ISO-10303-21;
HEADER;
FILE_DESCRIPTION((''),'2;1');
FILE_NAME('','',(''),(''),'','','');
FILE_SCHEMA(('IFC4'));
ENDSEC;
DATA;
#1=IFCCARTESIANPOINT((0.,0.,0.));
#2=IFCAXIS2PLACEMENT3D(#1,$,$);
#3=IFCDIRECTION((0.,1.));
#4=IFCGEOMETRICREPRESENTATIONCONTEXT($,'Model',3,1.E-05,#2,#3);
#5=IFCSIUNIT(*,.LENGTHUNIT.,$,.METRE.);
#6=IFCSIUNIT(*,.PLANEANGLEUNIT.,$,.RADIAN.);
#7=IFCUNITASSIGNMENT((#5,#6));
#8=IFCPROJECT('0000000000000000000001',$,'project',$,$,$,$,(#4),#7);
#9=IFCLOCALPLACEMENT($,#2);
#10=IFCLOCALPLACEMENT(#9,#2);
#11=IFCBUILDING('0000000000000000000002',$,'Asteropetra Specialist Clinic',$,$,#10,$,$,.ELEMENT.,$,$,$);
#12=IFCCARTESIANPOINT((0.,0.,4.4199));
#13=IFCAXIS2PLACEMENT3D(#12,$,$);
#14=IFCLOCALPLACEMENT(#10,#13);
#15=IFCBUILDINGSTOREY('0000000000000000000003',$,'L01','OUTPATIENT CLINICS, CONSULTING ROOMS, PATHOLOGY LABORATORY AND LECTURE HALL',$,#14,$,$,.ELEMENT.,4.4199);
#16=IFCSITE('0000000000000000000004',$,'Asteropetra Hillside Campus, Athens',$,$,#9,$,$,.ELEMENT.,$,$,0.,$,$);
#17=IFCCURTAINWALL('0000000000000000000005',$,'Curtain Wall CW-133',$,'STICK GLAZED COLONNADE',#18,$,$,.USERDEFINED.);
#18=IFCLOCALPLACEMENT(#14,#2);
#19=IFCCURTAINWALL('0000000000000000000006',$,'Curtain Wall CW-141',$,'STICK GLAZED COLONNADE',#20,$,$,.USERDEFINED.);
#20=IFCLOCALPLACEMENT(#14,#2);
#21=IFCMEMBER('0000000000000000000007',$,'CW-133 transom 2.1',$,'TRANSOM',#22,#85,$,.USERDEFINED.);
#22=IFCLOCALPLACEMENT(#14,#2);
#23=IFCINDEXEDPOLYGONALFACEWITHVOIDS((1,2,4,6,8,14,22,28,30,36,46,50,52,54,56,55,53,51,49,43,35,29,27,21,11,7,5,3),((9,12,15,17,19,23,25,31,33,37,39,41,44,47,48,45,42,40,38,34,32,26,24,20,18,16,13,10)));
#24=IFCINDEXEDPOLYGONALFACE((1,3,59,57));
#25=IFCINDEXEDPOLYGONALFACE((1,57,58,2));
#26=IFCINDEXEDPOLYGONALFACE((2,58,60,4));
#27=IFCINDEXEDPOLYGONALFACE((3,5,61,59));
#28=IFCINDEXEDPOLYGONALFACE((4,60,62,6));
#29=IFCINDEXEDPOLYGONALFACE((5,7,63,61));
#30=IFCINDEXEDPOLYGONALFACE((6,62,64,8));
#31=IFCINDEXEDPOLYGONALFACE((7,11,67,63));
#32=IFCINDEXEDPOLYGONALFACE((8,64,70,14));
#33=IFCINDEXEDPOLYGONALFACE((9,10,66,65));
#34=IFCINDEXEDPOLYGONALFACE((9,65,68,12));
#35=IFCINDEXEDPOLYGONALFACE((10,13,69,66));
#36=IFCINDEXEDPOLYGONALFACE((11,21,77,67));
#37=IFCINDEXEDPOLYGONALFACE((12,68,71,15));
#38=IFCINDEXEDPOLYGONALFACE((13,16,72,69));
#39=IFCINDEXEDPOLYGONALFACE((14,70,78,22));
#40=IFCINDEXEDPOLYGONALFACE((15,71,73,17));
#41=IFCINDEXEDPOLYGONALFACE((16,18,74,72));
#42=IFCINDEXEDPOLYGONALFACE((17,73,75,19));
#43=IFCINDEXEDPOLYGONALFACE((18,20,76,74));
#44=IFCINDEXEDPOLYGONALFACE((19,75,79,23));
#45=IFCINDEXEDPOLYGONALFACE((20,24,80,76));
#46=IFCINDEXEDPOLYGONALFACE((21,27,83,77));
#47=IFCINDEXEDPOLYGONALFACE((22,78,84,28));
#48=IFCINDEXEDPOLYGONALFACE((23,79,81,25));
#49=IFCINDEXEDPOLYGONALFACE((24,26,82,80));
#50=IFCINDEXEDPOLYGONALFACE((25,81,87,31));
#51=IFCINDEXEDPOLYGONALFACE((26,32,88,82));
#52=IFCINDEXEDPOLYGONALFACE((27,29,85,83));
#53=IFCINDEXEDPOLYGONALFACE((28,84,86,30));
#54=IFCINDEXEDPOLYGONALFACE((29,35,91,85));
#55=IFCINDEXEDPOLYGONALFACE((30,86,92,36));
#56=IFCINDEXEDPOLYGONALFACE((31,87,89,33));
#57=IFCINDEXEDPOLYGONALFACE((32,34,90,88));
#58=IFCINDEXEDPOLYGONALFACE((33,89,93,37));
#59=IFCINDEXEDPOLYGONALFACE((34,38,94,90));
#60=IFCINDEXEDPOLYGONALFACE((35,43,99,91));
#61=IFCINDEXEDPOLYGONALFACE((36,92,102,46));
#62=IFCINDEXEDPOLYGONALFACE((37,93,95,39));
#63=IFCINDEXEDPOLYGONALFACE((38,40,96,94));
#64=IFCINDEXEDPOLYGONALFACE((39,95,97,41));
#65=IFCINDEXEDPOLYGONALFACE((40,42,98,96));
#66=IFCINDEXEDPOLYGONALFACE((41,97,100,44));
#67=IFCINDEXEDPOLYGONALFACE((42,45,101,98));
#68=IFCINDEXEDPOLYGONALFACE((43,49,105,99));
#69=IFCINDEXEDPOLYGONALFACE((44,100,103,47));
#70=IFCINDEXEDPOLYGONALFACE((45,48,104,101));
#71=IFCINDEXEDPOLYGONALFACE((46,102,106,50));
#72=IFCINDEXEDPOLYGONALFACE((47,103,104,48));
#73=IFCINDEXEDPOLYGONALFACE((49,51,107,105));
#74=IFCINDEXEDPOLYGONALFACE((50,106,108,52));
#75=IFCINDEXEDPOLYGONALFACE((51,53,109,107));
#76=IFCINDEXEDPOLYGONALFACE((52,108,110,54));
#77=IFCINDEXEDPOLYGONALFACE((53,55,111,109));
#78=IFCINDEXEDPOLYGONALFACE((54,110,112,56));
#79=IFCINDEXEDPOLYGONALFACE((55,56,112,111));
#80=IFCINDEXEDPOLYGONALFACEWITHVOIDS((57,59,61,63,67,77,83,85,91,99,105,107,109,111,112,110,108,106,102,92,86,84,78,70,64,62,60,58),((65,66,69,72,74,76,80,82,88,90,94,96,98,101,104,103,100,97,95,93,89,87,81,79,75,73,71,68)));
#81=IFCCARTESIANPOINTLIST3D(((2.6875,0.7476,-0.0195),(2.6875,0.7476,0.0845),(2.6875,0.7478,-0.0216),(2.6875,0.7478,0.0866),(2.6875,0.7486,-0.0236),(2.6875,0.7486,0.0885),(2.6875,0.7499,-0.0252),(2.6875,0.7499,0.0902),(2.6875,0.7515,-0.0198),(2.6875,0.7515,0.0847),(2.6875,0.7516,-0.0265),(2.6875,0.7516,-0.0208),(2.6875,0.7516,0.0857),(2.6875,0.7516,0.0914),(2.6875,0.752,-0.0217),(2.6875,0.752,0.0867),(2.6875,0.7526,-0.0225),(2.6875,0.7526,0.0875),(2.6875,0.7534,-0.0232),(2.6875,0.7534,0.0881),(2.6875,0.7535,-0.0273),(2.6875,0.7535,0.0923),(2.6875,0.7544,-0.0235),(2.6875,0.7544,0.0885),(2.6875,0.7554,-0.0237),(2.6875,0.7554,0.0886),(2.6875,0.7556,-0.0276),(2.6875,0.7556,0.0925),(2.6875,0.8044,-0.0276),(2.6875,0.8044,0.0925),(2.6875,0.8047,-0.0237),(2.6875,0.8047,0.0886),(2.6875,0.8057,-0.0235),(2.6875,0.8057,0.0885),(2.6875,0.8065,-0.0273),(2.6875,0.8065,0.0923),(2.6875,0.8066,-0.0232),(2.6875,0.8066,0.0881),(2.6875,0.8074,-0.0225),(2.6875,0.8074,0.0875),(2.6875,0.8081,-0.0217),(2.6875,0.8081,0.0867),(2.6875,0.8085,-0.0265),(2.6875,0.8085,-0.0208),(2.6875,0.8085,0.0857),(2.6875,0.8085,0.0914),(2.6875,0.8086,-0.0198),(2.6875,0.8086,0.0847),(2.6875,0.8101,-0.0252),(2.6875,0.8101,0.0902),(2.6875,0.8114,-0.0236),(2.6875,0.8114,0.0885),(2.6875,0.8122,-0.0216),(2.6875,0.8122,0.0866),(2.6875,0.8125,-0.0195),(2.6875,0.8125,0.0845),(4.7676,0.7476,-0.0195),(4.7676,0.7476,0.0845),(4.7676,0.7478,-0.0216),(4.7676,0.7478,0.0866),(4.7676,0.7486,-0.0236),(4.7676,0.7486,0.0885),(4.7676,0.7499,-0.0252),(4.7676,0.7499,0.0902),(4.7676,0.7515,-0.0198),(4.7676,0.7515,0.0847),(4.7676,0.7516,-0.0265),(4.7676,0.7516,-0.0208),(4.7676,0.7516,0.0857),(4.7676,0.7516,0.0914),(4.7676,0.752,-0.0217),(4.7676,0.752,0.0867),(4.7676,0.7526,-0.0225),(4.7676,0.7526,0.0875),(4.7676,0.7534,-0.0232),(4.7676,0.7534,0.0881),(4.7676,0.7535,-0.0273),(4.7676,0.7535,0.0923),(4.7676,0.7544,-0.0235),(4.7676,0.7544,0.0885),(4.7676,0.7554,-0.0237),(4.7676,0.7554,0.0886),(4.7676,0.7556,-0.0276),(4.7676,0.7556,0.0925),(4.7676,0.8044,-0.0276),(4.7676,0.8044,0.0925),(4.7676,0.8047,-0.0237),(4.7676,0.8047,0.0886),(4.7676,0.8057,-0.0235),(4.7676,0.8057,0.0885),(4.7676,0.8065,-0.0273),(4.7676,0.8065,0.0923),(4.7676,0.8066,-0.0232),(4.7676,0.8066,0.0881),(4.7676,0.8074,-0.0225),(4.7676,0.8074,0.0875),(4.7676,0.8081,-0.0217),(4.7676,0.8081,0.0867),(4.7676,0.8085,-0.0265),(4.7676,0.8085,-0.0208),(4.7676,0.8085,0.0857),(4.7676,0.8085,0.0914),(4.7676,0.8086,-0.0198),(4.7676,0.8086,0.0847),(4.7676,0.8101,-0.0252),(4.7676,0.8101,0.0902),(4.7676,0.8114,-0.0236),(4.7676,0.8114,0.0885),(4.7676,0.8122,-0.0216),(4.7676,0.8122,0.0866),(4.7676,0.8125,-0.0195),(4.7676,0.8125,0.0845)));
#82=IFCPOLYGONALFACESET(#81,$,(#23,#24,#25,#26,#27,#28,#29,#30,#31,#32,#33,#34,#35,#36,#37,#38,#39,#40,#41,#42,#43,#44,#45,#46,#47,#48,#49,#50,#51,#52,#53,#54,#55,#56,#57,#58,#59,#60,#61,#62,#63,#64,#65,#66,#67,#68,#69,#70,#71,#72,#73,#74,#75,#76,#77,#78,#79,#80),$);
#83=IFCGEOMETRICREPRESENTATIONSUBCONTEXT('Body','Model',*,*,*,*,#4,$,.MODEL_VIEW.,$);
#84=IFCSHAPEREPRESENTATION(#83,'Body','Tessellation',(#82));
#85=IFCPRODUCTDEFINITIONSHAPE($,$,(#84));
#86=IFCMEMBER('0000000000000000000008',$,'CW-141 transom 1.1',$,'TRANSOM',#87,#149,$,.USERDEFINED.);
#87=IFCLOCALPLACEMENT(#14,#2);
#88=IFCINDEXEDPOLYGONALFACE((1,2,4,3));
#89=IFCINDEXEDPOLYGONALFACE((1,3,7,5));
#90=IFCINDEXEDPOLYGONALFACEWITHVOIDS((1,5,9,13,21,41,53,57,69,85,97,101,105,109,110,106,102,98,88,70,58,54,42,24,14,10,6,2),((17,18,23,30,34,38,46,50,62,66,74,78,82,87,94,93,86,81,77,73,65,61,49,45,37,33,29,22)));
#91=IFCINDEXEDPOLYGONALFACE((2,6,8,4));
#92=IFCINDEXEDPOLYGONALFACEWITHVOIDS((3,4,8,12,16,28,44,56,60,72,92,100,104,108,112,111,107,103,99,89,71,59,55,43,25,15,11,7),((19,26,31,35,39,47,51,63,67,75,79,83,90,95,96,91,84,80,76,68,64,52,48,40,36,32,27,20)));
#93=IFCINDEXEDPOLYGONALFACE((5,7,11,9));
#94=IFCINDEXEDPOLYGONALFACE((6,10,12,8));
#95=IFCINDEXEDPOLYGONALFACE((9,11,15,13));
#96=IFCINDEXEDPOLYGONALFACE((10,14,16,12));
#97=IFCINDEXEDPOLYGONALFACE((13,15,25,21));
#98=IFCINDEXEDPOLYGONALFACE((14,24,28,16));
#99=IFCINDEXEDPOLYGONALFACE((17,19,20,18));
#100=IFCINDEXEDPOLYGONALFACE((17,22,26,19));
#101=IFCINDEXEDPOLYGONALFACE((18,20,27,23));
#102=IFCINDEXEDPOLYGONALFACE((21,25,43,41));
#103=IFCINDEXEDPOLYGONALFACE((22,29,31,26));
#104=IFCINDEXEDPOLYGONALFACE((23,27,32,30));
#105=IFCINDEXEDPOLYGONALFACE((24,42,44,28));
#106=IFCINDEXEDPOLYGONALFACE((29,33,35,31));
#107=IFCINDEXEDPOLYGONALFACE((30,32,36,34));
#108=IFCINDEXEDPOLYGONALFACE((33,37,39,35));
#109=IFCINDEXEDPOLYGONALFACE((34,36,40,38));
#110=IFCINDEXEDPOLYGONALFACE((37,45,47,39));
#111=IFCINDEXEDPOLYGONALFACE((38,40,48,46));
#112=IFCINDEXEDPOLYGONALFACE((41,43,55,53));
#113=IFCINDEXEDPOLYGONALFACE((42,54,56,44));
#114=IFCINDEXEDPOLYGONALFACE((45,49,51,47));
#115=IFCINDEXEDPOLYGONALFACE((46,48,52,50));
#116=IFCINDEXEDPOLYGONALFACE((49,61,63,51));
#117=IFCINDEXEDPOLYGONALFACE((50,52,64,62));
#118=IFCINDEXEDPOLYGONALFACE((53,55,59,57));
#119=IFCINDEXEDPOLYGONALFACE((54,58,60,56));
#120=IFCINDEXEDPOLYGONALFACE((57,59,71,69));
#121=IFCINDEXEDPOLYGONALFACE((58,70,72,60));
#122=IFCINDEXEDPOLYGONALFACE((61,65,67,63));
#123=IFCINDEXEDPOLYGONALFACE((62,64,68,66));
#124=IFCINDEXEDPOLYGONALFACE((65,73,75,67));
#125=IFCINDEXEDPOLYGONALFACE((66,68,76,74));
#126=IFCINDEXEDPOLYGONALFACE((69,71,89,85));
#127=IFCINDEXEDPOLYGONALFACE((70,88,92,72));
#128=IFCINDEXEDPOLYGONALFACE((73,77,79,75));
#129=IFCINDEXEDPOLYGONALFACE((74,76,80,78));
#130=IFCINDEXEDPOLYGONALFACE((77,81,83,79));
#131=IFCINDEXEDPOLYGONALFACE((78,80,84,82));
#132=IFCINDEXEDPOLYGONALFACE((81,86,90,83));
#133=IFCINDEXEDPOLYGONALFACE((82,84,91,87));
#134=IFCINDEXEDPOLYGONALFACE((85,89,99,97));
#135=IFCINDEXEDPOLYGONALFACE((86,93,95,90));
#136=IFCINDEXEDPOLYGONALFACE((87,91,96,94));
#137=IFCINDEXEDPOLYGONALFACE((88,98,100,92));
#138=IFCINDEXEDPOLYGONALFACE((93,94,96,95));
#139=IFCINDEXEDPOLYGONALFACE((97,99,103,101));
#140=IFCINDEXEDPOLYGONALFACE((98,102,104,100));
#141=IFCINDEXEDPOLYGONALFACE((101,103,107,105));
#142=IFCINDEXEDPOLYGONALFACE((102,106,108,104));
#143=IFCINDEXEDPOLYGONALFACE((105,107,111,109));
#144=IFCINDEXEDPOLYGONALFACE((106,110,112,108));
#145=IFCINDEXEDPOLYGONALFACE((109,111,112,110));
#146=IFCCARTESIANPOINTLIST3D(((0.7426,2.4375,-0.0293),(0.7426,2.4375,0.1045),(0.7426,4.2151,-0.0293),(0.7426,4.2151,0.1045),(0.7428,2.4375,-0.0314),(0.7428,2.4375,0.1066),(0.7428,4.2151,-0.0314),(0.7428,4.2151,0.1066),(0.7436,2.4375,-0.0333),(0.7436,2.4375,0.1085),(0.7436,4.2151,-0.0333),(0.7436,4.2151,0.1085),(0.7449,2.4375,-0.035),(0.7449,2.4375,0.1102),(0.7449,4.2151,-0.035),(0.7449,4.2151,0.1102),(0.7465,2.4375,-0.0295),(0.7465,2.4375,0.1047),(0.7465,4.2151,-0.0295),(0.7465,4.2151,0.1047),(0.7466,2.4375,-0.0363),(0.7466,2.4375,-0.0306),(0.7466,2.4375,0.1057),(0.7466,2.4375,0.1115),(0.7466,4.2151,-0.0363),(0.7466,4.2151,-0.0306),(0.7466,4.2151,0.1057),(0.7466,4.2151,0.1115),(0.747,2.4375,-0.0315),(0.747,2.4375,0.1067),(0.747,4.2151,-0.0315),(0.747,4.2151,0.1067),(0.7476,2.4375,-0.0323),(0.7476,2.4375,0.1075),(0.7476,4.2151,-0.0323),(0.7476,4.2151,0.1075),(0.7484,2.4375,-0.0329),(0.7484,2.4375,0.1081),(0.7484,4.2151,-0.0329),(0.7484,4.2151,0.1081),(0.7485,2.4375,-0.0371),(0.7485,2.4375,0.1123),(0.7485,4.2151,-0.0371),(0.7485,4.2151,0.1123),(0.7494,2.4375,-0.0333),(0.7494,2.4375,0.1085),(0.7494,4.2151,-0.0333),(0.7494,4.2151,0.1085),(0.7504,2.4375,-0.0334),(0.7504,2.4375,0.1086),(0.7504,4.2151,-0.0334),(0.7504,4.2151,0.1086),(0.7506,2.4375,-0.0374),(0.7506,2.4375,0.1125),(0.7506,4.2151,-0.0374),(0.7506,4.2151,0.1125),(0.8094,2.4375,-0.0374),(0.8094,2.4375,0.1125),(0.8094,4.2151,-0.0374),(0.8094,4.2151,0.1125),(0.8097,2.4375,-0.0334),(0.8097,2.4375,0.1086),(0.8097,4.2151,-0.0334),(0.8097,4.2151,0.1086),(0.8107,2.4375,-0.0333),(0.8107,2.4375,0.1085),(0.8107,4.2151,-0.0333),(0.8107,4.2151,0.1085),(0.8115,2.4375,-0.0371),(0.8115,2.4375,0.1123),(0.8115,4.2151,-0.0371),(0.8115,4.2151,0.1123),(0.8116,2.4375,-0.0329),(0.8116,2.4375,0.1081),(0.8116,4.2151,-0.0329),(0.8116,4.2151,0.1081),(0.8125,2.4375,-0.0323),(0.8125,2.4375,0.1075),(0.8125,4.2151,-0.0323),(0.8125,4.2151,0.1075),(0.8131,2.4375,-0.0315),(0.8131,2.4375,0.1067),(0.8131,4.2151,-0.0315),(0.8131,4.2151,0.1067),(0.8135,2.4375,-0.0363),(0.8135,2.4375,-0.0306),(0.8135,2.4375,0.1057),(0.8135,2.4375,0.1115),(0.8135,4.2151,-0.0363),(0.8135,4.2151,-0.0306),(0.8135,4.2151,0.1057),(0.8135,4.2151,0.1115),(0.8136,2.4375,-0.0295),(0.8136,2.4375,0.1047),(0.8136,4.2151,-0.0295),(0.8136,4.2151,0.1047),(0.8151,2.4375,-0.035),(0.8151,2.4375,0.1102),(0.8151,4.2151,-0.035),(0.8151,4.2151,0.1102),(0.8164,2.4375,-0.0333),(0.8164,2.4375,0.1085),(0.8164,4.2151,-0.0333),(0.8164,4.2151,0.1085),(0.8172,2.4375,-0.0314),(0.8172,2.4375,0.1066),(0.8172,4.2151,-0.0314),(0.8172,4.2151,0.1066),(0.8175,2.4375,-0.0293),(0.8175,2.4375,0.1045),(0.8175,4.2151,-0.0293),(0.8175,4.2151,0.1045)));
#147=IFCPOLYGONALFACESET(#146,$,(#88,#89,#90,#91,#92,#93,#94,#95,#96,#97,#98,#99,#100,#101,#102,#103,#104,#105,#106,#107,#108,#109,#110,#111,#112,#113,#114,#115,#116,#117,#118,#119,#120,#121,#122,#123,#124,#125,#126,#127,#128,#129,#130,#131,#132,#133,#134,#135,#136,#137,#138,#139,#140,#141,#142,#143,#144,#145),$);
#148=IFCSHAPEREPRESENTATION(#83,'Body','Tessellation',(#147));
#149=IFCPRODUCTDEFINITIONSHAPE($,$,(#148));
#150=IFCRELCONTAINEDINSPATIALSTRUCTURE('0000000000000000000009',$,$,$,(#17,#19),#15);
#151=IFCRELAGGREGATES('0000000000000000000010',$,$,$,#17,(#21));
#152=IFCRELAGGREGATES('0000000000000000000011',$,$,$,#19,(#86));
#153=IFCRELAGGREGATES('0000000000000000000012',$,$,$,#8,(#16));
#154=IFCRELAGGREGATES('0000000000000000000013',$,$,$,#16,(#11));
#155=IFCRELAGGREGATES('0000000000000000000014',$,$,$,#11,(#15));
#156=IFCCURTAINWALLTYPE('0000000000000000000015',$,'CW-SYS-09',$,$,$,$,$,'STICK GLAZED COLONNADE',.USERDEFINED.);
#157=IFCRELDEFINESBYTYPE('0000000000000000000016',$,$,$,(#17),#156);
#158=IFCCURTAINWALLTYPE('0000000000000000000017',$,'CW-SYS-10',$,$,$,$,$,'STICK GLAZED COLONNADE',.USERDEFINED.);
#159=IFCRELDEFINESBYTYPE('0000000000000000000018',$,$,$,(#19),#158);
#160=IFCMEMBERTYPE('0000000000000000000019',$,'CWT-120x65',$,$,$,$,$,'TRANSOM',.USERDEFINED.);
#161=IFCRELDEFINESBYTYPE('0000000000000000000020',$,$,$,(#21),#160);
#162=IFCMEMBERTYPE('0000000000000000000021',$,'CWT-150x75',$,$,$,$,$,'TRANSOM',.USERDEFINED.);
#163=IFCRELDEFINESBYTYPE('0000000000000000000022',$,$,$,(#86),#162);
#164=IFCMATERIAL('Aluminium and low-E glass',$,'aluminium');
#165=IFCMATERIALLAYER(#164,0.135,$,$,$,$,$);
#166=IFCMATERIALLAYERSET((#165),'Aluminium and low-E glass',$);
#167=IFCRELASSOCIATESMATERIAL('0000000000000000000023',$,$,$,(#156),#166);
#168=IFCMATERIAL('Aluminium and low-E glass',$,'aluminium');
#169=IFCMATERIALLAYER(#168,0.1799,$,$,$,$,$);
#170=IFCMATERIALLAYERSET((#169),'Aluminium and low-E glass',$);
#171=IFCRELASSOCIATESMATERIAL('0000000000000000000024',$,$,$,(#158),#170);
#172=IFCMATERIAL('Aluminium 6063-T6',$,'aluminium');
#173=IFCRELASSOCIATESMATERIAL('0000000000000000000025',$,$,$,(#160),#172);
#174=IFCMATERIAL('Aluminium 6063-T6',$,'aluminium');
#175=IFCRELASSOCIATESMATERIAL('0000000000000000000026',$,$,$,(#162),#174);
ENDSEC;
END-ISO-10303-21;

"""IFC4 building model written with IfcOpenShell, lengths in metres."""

from ifc_helpers import new_model, si_unit, direction, frame, origin, origin_2d, place, context, subcontext, project, spatial, hollow_rectangle, extrude, material, layer, layer_set, material_profile, profile_set, type_object, element, aggregate, save


model = new_model("IFC4")

# Units and contexts
model_context = context("Model", 3, precision=1e-05, world=origin(), true_north=direction((0.0, 1.0)))
body_context = subcontext(model_context, "Body", "Model", "MODEL_VIEW")
ifc_project = project(units=[si_unit("LENGTHUNIT", "METRE"), si_unit("PLANEANGLEUNIT", "RADIAN")], contexts=[model_context])

# Site, building, storey
site_placement = place(None, origin())
site = spatial("IfcSite", under=ifc_project, at=site_placement, Name="Asteropetra Hillside Campus, Athens", CompositionType="ELEMENT", RefElevation=0.0)
building_placement = place(site_placement, origin())
building = spatial("IfcBuilding", under=site, at=building_placement, Name="Asteropetra Specialist Clinic", CompositionType="ELEMENT")
storey_placement = place(building_placement, frame((0.0, 0.0, 4.4199)))
storey = spatial("IfcBuildingStorey", under=building, at=storey_placement, Name="L01", Description="OUTPATIENT CLINICS, CONSULTING ROOMS, PATHOLOGY LABORATORY AND LECTURE HALL", CompositionType="ELEMENT", Elevation=4.4199)

# Curtain wall
ifc_material_1 = material(Name="Aluminium and low-E glass", Category="aluminium")
ifc_layer_1 = layer(ifc_material_1, 0.135)
ifc_layer_set_1 = layer_set([ifc_layer_1], Name="Aluminium and low-E glass")
curtain_wall_type_1 = type_object("IfcCurtainWallType", Name="CW-SYS-09", ElementType="STICK GLAZED COLONNADE", PredefinedType="USERDEFINED", material=ifc_layer_set_1)
curtain_wall_1_placement = place(storey_placement, origin())
curtain_wall_1 = element("IfcCurtainWall", 1, at=curtain_wall_1_placement, inside=storey, type_object=curtain_wall_type_1, Name="Curtain Wall CW-133", ObjectType="STICK GLAZED COLONNADE", PredefinedType="USERDEFINED")

# Curtain wall
ifc_material_2 = material(Name="Aluminium and low-E glass", Category="aluminium")
ifc_layer_2 = layer(ifc_material_2, 0.1799)
ifc_layer_set_2 = layer_set([ifc_layer_2], Name="Aluminium and low-E glass")
curtain_wall_type_2 = type_object("IfcCurtainWallType", Name="CW-SYS-10", ElementType="STICK GLAZED COLONNADE", PredefinedType="USERDEFINED", material=ifc_layer_set_2)
curtain_wall_2_placement = place(storey_placement, origin())
curtain_wall_2 = element("IfcCurtainWall", 2, at=curtain_wall_2_placement, inside=storey, type_object=curtain_wall_type_2, Name="Curtain Wall CW-141", ObjectType="STICK GLAZED COLONNADE", PredefinedType="USERDEFINED")

# Members
ifc_material_3 = material(Name="Aluminium 6063-T6", Category="aluminium")
ifc_material_profile_1 = material_profile(ifc_material_3, hollow_rectangle(XDim=0.0649, YDim=0.1201, WallThickness=0.0039, InnerFilletRadius=0.0039, OuterFilletRadius=0.0081, at=origin_2d()), Name="TRN 120x65x4.0")
ifc_profile_set_1 = profile_set([ifc_material_profile_1], Name="Aluminium 6063-T6")
member_type_1 = type_object("IfcMemberType", Name="CWT-120x65", ElementType="TRANSOM", PredefinedType="USERDEFINED", material=ifc_profile_set_1)
member_1_placement = place(storey_placement, frame((2.6875, 0.78, 0.0325), z_axis=(1.0, 0.0, 0.0), x_axis=(0.0, 1.0, 0.0)))
member_1 = element("IfcMember", 3, at=member_1_placement, type_object=member_type_1, Name="CW-133 transom 2.1", ObjectType="TRANSOM", PredefinedType="USERDEFINED", context=body_context, shape_type="SweptSolid", body=[
    extrude(hollow_rectangle(XDim=0.0649, YDim=0.1201, WallThickness=0.0039, InnerFilletRadius=0.0039, OuterFilletRadius=0.0081, at=origin_2d()), origin(), (0.0, 0.0, 1.0), 2.0801),
])
ifc_material_4 = material(Name="Aluminium 6063-T6", Category="aluminium")
ifc_material_profile_2 = material_profile(ifc_material_4, hollow_rectangle(XDim=0.075, YDim=0.1499, WallThickness=0.0039, InnerFilletRadius=0.0039, OuterFilletRadius=0.0081, at=origin_2d()), Name="TRN 150x75x4.0")
ifc_profile_set_2 = profile_set([ifc_material_profile_2], Name="Aluminium 6063-T6")
member_type_2 = type_object("IfcMemberType", Name="CWT-150x75", ElementType="TRANSOM", PredefinedType="USERDEFINED", material=ifc_profile_set_2)
member_2_placement = place(storey_placement, frame((0.78, 4.2151, 0.0376), z_axis=(0.0, -1.0, 0.0), x_axis=(1.0, 0.0, 0.0)))
member_2 = element("IfcMember", 4, at=member_2_placement, type_object=member_type_2, Name="CW-141 transom 1.1", ObjectType="TRANSOM", PredefinedType="USERDEFINED", context=body_context, shape_type="SweptSolid", body=[
    extrude(hollow_rectangle(XDim=0.075, YDim=0.1499, WallThickness=0.0039, InnerFilletRadius=0.0039, OuterFilletRadius=0.0081, at=origin_2d()), origin(), (0.0, 0.0, 1.0), 1.7776),
])

aggregate(curtain_wall_1, [member_1])
aggregate(curtain_wall_2, [member_2])

save(model, "model.ifc")
